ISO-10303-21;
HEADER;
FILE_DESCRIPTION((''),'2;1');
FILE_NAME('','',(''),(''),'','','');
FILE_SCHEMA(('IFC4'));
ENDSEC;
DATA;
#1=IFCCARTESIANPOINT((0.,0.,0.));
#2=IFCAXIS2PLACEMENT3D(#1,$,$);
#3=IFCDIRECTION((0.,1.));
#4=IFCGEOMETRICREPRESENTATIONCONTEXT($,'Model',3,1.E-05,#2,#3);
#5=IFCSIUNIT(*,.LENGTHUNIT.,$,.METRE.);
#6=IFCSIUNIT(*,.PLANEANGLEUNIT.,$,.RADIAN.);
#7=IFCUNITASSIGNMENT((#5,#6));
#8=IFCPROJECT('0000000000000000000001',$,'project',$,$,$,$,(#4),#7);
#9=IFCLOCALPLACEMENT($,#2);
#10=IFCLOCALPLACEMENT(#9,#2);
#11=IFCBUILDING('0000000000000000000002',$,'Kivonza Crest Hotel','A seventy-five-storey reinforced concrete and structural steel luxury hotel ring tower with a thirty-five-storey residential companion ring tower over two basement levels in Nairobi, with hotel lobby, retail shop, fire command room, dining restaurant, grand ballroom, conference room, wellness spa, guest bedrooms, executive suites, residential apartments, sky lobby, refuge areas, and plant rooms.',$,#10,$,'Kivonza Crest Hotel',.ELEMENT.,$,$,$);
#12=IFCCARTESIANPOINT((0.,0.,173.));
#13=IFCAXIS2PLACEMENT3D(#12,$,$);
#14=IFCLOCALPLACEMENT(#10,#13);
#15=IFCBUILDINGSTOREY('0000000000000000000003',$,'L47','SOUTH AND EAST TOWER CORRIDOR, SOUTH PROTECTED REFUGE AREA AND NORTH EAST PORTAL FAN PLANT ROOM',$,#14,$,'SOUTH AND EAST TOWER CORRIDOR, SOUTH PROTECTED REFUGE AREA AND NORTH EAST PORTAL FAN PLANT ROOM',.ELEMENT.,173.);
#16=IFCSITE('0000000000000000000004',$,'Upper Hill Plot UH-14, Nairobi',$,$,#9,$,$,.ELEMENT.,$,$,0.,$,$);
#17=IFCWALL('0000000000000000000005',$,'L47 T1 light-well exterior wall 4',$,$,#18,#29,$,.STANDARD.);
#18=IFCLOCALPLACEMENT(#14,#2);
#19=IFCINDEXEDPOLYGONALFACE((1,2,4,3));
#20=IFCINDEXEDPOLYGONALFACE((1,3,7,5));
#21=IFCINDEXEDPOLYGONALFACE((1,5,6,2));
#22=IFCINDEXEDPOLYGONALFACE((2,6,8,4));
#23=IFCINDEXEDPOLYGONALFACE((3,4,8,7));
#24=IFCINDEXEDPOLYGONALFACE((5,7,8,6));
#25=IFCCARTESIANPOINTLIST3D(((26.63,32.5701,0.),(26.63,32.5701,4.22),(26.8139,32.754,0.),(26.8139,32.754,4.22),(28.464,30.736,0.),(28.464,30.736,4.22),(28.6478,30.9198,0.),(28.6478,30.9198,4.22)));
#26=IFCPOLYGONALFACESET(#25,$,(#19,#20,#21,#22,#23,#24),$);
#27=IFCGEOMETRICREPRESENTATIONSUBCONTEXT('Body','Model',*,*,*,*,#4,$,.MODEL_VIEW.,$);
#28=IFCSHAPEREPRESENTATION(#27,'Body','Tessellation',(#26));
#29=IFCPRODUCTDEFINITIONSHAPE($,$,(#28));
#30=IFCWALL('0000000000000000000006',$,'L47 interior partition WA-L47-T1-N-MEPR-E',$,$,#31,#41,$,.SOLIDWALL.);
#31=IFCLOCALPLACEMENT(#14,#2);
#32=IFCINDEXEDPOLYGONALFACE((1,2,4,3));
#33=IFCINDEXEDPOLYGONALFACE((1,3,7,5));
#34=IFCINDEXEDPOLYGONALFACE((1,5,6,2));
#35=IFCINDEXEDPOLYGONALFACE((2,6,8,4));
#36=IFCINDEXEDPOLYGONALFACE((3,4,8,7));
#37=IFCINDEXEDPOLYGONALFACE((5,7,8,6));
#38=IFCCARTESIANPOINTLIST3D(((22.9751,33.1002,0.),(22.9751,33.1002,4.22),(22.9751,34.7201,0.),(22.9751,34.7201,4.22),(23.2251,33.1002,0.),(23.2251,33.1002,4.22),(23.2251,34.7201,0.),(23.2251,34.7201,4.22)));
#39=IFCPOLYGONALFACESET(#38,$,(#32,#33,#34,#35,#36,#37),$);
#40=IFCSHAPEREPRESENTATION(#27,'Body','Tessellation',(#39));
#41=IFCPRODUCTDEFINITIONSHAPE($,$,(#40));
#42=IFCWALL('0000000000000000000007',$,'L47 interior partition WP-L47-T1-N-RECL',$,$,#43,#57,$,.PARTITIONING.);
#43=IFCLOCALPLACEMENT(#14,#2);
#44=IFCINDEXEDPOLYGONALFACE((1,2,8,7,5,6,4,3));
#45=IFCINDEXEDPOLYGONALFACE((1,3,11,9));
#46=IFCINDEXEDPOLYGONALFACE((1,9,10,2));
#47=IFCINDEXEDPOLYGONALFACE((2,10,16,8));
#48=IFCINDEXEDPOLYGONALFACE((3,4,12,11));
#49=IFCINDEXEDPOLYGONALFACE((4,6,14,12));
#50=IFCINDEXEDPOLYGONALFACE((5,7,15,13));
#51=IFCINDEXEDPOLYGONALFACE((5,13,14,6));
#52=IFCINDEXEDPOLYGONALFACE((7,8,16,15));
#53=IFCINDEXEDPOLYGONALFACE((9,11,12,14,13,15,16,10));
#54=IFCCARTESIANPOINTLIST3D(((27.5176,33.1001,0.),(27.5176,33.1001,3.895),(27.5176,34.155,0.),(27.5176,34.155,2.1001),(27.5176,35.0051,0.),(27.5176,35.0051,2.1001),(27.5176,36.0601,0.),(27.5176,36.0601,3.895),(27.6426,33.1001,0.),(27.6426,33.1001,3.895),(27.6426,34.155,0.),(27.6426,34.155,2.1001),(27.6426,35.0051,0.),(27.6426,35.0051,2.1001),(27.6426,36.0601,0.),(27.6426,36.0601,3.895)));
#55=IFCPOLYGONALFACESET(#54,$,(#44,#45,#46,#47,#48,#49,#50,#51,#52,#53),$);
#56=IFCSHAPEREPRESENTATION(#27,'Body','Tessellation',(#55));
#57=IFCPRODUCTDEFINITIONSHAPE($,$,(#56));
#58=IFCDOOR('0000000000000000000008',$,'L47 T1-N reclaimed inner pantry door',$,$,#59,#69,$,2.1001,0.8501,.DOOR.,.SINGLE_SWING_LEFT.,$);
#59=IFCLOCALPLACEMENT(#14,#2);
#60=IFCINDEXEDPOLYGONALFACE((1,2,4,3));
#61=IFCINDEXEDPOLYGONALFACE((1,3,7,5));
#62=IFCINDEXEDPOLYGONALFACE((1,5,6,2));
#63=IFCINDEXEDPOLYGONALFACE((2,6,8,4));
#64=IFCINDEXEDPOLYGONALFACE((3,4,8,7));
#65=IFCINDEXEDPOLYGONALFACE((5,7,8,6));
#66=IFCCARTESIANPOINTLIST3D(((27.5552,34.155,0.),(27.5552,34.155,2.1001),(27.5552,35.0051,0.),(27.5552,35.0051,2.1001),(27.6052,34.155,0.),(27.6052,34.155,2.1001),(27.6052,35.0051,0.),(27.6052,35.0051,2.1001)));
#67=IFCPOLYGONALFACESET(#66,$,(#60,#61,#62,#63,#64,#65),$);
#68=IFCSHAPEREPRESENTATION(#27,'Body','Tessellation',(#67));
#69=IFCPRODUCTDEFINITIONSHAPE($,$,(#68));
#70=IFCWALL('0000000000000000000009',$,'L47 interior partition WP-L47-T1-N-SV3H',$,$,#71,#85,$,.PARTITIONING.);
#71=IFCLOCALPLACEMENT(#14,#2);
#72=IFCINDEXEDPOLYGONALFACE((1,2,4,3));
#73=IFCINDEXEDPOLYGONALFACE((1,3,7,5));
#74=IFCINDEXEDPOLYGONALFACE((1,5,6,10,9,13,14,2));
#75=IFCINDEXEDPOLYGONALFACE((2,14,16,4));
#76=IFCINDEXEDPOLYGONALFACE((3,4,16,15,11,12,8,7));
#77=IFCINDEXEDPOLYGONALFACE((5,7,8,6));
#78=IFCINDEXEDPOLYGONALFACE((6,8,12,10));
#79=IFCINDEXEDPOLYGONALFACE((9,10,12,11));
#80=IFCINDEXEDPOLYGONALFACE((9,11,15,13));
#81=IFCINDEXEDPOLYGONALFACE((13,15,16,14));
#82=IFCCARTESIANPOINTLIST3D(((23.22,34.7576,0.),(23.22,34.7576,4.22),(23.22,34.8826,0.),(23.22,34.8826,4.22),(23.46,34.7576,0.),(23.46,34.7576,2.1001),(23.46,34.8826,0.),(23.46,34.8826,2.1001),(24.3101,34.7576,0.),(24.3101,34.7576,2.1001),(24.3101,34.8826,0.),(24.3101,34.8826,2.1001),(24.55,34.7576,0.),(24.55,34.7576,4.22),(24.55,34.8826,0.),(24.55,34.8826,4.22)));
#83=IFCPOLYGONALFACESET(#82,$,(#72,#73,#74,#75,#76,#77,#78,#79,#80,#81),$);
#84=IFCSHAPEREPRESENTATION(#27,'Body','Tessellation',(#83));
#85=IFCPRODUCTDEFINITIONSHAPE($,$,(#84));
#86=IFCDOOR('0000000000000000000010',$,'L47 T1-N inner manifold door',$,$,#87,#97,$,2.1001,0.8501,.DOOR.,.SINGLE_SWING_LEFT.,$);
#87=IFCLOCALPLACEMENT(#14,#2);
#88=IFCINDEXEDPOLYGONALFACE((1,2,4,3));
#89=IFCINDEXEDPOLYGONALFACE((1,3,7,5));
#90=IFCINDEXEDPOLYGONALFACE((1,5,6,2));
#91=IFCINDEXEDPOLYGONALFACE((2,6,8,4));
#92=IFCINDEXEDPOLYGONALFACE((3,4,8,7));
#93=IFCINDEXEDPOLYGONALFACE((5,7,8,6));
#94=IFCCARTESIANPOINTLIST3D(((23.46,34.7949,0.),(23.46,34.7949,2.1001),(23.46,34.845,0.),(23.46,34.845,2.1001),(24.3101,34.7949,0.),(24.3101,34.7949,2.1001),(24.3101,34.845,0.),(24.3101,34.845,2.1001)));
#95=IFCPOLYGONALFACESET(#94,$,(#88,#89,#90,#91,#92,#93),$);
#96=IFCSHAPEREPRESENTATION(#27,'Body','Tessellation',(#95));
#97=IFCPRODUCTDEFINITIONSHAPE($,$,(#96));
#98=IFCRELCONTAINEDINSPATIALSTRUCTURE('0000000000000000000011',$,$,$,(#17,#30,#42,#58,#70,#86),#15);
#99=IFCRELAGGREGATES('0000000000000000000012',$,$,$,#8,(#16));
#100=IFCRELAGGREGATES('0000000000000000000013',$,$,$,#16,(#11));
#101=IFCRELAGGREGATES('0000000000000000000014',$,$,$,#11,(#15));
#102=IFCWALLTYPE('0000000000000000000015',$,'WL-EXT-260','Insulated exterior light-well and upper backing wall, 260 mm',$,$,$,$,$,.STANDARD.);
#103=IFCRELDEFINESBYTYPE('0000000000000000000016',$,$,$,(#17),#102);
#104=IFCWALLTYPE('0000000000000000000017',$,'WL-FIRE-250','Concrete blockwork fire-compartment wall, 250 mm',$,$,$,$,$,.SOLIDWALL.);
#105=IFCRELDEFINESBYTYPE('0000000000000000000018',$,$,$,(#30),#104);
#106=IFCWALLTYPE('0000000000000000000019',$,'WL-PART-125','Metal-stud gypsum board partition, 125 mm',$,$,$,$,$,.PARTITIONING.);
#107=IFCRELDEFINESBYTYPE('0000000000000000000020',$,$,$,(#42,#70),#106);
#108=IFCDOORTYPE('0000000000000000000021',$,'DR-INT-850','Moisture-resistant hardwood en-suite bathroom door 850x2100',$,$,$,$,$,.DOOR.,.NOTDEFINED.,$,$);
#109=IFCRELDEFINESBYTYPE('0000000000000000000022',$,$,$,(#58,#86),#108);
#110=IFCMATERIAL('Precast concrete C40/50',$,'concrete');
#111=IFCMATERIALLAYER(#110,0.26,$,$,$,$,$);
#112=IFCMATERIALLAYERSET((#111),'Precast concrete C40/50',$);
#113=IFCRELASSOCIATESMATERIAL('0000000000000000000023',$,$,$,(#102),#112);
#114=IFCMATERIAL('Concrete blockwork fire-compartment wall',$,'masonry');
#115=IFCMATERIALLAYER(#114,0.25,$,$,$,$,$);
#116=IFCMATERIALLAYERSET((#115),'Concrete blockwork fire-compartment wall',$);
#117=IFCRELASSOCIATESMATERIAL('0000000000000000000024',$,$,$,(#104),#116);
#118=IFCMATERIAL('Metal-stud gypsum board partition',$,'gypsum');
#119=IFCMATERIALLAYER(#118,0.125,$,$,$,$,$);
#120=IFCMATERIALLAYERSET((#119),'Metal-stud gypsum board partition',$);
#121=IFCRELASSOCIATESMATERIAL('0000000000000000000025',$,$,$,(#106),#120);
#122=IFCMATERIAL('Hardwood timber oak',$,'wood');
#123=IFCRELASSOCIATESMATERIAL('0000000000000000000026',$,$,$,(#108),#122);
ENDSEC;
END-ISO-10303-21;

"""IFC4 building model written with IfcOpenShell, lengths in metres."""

from ifc_helpers import new_model, si_unit, direction, frame, frame_2d, origin, place, context, subcontext, project, spatial, rectangle, extrude, material, layer, layer_set, type_object, element, fill, save


model = new_model("IFC4")

# Units and contexts
model_context = context("Model", 3, precision=1e-05, world=origin(), true_north=direction((0.0, 1.0)))
body_context = subcontext(model_context, "Body", "Model", "MODEL_VIEW")
ifc_project = project(units=[si_unit("LENGTHUNIT", "METRE"), si_unit("PLANEANGLEUNIT", "RADIAN")], contexts=[model_context])

# Site, building, storey
site_placement = place(None, origin())
site = spatial("IfcSite", under=ifc_project, at=site_placement, Name="Upper Hill Plot UH-14, Nairobi", CompositionType="ELEMENT", RefElevation=0.0)
building_placement = place(site_placement, origin())
building = spatial("IfcBuilding", under=site, at=building_placement, Name="Kivonza Crest Hotel", Description="A seventy-five-storey reinforced concrete and structural steel luxury hotel ring tower with a thirty-five-storey residential companion ring tower over two basement levels in Nairobi, with hotel lobby, retail shop, fire command room, dining restaurant, grand ballroom, conference room, wellness spa, guest bedrooms, executive suites, residential apartments, sky lobby, refuge areas, and plant rooms.", LongName="Kivonza Crest Hotel", CompositionType="ELEMENT")
storey_placement = place(building_placement, frame((0.0, 0.0, 173.0)))
storey = spatial("IfcBuildingStorey", under=building, at=storey_placement, Name="L47", Description="SOUTH AND EAST TOWER CORRIDOR, SOUTH PROTECTED REFUGE AREA AND NORTH EAST PORTAL FAN PLANT ROOM", LongName="SOUTH AND EAST TOWER CORRIDOR, SOUTH PROTECTED REFUGE AREA AND NORTH EAST PORTAL FAN PLANT ROOM", CompositionType="ELEMENT", Elevation=173.0)

# Walls
ifc_material_1 = material(Name="Precast concrete C40/50", Category="concrete")
ifc_layer_1 = layer(ifc_material_1, 0.26)
ifc_layer_set_1 = layer_set([ifc_layer_1], Name="Precast concrete C40/50")
wall_type_1 = type_object("IfcWallType", Name="WL-EXT-260", Description="Insulated exterior light-well and upper backing wall, 260 mm", PredefinedType="STANDARD", material=ifc_layer_set_1)
wall_1_placement = place(storey_placement, frame((28.5559, 30.8279, 0.0), z_axis=(0.0, 0.0, 1.0), x_axis=(-0.70706, 0.707154, 0.0)))
element("IfcWall", 1, at=wall_1_placement, inside=storey, type_object=wall_type_1, Name="L47 T1 light-well exterior wall 4", PredefinedType="STANDARD", context=body_context, shape_type="SweptSolid", body=[
    extrude(rectangle(XDim=2.5938, YDim=0.26, at=frame_2d((1.2969, 0.0))), origin(), (0.0, 0.0, 1.0), 4.22),
])
ifc_material_2 = material(Name="Concrete blockwork fire-compartment wall", Category="masonry")
ifc_layer_2 = layer(ifc_material_2, 0.25)
ifc_layer_set_2 = layer_set([ifc_layer_2], Name="Concrete blockwork fire-compartment wall")
wall_type_2 = type_object("IfcWallType", Name="WL-FIRE-250", Description="Concrete blockwork fire-compartment wall, 250 mm", PredefinedType="SOLIDWALL", material=ifc_layer_set_2)
wall_2_placement = place(storey_placement, frame((23.1001, 33.1001, 0.0), z_axis=(0.0, 0.0, 1.0), x_axis=(0.0, 1.0, 0.0)))
element("IfcWall", 2, at=wall_2_placement, inside=storey, type_object=wall_type_2, Name="L47 interior partition WA-L47-T1-N-MEPR-E", PredefinedType="SOLIDWALL", context=body_context, shape_type="SweptSolid", body=[
    extrude(rectangle(XDim=1.6199, YDim=0.25, at=frame_2d((0.8101, 0.0))), origin(), (0.0, 0.0, 1.0), 4.22),
])

# Walls, openings, doors
ifc_material_3 = material(Name="Metal-stud gypsum board partition", Category="gypsum")
ifc_layer_3 = layer(ifc_material_3, 0.125)
ifc_layer_set_3 = layer_set([ifc_layer_3], Name="Metal-stud gypsum board partition")
wall_type_3 = type_object("IfcWallType", Name="WL-PART-125", Description="Metal-stud gypsum board partition, 125 mm", PredefinedType="PARTITIONING", material=ifc_layer_set_3)
wall_3_placement = place(storey_placement, frame((27.5801, 33.1001, 0.0), z_axis=(0.0, 0.0, 1.0), x_axis=(0.0, 1.0, 0.0)))
wall_3 = element("IfcWall", 3, at=wall_3_placement, inside=storey, type_object=wall_type_3, Name="L47 interior partition WP-L47-T1-N-RECL", PredefinedType="PARTITIONING", context=body_context, shape_type="SweptSolid", body=[
    extrude(rectangle(XDim=2.96, YDim=0.125, at=frame_2d((1.48, 0.0))), origin(), (0.0, 0.0, 1.0), 3.895),
])
opening_1_placement = place(wall_3_placement, frame((1.0549, 0.0, 0.0)))
opening_1 = element("IfcOpeningElement", 4, at=opening_1_placement, cuts=wall_3, PredefinedType="OPENING", context=body_context, shape_type="SweptSolid", body=[
    extrude(rectangle(XDim=0.8501, YDim=2.1001, at=frame_2d((0.425, 1.05))), frame((0.0, 0.0725, 0.0), z_axis=(0.0, -1.0, 0.0), x_axis=(1.0, 0.0, 0.0)), (0.0, 0.0, 1.0), 0.145),
])
ifc_material_4 = material(Name="Hardwood timber oak", Category="wood")
door_type = type_object("IfcDoorType", Name="DR-INT-850", Description="Moisture-resistant hardwood en-suite bathroom door 850x2100", OperationType="NOTDEFINED", PredefinedType="DOOR", material=ifc_material_4)
door_1_placement = place(opening_1_placement, origin())
door_1 = element("IfcDoor", 5, at=door_1_placement, inside=storey, type_object=door_type, Name="L47 T1-N reclaimed inner pantry door", OperationType="SINGLE_SWING_LEFT", OverallHeight=2.1001, OverallWidth=0.8501, PredefinedType="DOOR", context=body_context, shape_type="SweptSolid", body=[
    extrude(rectangle(XDim=0.8501, YDim=2.1001, at=frame_2d((0.425, 1.05))), frame((0.0, 0.0249, 0.0), z_axis=(0.0, -1.0, 0.0), x_axis=(1.0, 0.0, 0.0)), (0.0, 0.0, 1.0), 0.05),
])
fill(opening_1, door_1)
wall_4_placement = place(storey_placement, frame((23.22, 34.8201, 0.0), z_axis=(0.0, 0.0, 1.0), x_axis=(1.0, 0.0, 0.0)))
wall_4 = element("IfcWall", 6, at=wall_4_placement, inside=storey, type_object=wall_type_3, Name="L47 interior partition WP-L47-T1-N-SV3H", PredefinedType="PARTITIONING", context=body_context, shape_type="SweptSolid", body=[
    extrude(rectangle(XDim=1.3301, YDim=0.125, at=frame_2d((0.665, 0.0))), origin(), (0.0, 0.0, 1.0), 4.22),
])
opening_2_placement = place(wall_4_placement, frame((0.24, 0.0, 0.0)))
opening_2 = element("IfcOpeningElement", 7, at=opening_2_placement, cuts=wall_4, PredefinedType="OPENING", context=body_context, shape_type="SweptSolid", body=[
    extrude(rectangle(XDim=0.8501, YDim=2.1001, at=frame_2d((0.425, 1.05))), frame((0.0, 0.0725, 0.0), z_axis=(0.0, -1.0, 0.0), x_axis=(1.0, 0.0, 0.0)), (0.0, 0.0, 1.0), 0.145),
])
door_2_placement = place(opening_2_placement, origin())
door_2 = element("IfcDoor", 8, at=door_2_placement, inside=storey, type_object=door_type, Name="L47 T1-N inner manifold door", OperationType="SINGLE_SWING_LEFT", OverallHeight=2.1001, OverallWidth=0.8501, PredefinedType="DOOR", context=body_context, shape_type="SweptSolid", body=[
    extrude(rectangle(XDim=0.8501, YDim=2.1001, at=frame_2d((0.425, 1.05))), frame((0.0, 0.0249, 0.0), z_axis=(0.0, -1.0, 0.0), x_axis=(1.0, 0.0, 0.0)), (0.0, 0.0, 1.0), 0.05),
])
fill(opening_2, door_2)

save(model, "model.ifc")
